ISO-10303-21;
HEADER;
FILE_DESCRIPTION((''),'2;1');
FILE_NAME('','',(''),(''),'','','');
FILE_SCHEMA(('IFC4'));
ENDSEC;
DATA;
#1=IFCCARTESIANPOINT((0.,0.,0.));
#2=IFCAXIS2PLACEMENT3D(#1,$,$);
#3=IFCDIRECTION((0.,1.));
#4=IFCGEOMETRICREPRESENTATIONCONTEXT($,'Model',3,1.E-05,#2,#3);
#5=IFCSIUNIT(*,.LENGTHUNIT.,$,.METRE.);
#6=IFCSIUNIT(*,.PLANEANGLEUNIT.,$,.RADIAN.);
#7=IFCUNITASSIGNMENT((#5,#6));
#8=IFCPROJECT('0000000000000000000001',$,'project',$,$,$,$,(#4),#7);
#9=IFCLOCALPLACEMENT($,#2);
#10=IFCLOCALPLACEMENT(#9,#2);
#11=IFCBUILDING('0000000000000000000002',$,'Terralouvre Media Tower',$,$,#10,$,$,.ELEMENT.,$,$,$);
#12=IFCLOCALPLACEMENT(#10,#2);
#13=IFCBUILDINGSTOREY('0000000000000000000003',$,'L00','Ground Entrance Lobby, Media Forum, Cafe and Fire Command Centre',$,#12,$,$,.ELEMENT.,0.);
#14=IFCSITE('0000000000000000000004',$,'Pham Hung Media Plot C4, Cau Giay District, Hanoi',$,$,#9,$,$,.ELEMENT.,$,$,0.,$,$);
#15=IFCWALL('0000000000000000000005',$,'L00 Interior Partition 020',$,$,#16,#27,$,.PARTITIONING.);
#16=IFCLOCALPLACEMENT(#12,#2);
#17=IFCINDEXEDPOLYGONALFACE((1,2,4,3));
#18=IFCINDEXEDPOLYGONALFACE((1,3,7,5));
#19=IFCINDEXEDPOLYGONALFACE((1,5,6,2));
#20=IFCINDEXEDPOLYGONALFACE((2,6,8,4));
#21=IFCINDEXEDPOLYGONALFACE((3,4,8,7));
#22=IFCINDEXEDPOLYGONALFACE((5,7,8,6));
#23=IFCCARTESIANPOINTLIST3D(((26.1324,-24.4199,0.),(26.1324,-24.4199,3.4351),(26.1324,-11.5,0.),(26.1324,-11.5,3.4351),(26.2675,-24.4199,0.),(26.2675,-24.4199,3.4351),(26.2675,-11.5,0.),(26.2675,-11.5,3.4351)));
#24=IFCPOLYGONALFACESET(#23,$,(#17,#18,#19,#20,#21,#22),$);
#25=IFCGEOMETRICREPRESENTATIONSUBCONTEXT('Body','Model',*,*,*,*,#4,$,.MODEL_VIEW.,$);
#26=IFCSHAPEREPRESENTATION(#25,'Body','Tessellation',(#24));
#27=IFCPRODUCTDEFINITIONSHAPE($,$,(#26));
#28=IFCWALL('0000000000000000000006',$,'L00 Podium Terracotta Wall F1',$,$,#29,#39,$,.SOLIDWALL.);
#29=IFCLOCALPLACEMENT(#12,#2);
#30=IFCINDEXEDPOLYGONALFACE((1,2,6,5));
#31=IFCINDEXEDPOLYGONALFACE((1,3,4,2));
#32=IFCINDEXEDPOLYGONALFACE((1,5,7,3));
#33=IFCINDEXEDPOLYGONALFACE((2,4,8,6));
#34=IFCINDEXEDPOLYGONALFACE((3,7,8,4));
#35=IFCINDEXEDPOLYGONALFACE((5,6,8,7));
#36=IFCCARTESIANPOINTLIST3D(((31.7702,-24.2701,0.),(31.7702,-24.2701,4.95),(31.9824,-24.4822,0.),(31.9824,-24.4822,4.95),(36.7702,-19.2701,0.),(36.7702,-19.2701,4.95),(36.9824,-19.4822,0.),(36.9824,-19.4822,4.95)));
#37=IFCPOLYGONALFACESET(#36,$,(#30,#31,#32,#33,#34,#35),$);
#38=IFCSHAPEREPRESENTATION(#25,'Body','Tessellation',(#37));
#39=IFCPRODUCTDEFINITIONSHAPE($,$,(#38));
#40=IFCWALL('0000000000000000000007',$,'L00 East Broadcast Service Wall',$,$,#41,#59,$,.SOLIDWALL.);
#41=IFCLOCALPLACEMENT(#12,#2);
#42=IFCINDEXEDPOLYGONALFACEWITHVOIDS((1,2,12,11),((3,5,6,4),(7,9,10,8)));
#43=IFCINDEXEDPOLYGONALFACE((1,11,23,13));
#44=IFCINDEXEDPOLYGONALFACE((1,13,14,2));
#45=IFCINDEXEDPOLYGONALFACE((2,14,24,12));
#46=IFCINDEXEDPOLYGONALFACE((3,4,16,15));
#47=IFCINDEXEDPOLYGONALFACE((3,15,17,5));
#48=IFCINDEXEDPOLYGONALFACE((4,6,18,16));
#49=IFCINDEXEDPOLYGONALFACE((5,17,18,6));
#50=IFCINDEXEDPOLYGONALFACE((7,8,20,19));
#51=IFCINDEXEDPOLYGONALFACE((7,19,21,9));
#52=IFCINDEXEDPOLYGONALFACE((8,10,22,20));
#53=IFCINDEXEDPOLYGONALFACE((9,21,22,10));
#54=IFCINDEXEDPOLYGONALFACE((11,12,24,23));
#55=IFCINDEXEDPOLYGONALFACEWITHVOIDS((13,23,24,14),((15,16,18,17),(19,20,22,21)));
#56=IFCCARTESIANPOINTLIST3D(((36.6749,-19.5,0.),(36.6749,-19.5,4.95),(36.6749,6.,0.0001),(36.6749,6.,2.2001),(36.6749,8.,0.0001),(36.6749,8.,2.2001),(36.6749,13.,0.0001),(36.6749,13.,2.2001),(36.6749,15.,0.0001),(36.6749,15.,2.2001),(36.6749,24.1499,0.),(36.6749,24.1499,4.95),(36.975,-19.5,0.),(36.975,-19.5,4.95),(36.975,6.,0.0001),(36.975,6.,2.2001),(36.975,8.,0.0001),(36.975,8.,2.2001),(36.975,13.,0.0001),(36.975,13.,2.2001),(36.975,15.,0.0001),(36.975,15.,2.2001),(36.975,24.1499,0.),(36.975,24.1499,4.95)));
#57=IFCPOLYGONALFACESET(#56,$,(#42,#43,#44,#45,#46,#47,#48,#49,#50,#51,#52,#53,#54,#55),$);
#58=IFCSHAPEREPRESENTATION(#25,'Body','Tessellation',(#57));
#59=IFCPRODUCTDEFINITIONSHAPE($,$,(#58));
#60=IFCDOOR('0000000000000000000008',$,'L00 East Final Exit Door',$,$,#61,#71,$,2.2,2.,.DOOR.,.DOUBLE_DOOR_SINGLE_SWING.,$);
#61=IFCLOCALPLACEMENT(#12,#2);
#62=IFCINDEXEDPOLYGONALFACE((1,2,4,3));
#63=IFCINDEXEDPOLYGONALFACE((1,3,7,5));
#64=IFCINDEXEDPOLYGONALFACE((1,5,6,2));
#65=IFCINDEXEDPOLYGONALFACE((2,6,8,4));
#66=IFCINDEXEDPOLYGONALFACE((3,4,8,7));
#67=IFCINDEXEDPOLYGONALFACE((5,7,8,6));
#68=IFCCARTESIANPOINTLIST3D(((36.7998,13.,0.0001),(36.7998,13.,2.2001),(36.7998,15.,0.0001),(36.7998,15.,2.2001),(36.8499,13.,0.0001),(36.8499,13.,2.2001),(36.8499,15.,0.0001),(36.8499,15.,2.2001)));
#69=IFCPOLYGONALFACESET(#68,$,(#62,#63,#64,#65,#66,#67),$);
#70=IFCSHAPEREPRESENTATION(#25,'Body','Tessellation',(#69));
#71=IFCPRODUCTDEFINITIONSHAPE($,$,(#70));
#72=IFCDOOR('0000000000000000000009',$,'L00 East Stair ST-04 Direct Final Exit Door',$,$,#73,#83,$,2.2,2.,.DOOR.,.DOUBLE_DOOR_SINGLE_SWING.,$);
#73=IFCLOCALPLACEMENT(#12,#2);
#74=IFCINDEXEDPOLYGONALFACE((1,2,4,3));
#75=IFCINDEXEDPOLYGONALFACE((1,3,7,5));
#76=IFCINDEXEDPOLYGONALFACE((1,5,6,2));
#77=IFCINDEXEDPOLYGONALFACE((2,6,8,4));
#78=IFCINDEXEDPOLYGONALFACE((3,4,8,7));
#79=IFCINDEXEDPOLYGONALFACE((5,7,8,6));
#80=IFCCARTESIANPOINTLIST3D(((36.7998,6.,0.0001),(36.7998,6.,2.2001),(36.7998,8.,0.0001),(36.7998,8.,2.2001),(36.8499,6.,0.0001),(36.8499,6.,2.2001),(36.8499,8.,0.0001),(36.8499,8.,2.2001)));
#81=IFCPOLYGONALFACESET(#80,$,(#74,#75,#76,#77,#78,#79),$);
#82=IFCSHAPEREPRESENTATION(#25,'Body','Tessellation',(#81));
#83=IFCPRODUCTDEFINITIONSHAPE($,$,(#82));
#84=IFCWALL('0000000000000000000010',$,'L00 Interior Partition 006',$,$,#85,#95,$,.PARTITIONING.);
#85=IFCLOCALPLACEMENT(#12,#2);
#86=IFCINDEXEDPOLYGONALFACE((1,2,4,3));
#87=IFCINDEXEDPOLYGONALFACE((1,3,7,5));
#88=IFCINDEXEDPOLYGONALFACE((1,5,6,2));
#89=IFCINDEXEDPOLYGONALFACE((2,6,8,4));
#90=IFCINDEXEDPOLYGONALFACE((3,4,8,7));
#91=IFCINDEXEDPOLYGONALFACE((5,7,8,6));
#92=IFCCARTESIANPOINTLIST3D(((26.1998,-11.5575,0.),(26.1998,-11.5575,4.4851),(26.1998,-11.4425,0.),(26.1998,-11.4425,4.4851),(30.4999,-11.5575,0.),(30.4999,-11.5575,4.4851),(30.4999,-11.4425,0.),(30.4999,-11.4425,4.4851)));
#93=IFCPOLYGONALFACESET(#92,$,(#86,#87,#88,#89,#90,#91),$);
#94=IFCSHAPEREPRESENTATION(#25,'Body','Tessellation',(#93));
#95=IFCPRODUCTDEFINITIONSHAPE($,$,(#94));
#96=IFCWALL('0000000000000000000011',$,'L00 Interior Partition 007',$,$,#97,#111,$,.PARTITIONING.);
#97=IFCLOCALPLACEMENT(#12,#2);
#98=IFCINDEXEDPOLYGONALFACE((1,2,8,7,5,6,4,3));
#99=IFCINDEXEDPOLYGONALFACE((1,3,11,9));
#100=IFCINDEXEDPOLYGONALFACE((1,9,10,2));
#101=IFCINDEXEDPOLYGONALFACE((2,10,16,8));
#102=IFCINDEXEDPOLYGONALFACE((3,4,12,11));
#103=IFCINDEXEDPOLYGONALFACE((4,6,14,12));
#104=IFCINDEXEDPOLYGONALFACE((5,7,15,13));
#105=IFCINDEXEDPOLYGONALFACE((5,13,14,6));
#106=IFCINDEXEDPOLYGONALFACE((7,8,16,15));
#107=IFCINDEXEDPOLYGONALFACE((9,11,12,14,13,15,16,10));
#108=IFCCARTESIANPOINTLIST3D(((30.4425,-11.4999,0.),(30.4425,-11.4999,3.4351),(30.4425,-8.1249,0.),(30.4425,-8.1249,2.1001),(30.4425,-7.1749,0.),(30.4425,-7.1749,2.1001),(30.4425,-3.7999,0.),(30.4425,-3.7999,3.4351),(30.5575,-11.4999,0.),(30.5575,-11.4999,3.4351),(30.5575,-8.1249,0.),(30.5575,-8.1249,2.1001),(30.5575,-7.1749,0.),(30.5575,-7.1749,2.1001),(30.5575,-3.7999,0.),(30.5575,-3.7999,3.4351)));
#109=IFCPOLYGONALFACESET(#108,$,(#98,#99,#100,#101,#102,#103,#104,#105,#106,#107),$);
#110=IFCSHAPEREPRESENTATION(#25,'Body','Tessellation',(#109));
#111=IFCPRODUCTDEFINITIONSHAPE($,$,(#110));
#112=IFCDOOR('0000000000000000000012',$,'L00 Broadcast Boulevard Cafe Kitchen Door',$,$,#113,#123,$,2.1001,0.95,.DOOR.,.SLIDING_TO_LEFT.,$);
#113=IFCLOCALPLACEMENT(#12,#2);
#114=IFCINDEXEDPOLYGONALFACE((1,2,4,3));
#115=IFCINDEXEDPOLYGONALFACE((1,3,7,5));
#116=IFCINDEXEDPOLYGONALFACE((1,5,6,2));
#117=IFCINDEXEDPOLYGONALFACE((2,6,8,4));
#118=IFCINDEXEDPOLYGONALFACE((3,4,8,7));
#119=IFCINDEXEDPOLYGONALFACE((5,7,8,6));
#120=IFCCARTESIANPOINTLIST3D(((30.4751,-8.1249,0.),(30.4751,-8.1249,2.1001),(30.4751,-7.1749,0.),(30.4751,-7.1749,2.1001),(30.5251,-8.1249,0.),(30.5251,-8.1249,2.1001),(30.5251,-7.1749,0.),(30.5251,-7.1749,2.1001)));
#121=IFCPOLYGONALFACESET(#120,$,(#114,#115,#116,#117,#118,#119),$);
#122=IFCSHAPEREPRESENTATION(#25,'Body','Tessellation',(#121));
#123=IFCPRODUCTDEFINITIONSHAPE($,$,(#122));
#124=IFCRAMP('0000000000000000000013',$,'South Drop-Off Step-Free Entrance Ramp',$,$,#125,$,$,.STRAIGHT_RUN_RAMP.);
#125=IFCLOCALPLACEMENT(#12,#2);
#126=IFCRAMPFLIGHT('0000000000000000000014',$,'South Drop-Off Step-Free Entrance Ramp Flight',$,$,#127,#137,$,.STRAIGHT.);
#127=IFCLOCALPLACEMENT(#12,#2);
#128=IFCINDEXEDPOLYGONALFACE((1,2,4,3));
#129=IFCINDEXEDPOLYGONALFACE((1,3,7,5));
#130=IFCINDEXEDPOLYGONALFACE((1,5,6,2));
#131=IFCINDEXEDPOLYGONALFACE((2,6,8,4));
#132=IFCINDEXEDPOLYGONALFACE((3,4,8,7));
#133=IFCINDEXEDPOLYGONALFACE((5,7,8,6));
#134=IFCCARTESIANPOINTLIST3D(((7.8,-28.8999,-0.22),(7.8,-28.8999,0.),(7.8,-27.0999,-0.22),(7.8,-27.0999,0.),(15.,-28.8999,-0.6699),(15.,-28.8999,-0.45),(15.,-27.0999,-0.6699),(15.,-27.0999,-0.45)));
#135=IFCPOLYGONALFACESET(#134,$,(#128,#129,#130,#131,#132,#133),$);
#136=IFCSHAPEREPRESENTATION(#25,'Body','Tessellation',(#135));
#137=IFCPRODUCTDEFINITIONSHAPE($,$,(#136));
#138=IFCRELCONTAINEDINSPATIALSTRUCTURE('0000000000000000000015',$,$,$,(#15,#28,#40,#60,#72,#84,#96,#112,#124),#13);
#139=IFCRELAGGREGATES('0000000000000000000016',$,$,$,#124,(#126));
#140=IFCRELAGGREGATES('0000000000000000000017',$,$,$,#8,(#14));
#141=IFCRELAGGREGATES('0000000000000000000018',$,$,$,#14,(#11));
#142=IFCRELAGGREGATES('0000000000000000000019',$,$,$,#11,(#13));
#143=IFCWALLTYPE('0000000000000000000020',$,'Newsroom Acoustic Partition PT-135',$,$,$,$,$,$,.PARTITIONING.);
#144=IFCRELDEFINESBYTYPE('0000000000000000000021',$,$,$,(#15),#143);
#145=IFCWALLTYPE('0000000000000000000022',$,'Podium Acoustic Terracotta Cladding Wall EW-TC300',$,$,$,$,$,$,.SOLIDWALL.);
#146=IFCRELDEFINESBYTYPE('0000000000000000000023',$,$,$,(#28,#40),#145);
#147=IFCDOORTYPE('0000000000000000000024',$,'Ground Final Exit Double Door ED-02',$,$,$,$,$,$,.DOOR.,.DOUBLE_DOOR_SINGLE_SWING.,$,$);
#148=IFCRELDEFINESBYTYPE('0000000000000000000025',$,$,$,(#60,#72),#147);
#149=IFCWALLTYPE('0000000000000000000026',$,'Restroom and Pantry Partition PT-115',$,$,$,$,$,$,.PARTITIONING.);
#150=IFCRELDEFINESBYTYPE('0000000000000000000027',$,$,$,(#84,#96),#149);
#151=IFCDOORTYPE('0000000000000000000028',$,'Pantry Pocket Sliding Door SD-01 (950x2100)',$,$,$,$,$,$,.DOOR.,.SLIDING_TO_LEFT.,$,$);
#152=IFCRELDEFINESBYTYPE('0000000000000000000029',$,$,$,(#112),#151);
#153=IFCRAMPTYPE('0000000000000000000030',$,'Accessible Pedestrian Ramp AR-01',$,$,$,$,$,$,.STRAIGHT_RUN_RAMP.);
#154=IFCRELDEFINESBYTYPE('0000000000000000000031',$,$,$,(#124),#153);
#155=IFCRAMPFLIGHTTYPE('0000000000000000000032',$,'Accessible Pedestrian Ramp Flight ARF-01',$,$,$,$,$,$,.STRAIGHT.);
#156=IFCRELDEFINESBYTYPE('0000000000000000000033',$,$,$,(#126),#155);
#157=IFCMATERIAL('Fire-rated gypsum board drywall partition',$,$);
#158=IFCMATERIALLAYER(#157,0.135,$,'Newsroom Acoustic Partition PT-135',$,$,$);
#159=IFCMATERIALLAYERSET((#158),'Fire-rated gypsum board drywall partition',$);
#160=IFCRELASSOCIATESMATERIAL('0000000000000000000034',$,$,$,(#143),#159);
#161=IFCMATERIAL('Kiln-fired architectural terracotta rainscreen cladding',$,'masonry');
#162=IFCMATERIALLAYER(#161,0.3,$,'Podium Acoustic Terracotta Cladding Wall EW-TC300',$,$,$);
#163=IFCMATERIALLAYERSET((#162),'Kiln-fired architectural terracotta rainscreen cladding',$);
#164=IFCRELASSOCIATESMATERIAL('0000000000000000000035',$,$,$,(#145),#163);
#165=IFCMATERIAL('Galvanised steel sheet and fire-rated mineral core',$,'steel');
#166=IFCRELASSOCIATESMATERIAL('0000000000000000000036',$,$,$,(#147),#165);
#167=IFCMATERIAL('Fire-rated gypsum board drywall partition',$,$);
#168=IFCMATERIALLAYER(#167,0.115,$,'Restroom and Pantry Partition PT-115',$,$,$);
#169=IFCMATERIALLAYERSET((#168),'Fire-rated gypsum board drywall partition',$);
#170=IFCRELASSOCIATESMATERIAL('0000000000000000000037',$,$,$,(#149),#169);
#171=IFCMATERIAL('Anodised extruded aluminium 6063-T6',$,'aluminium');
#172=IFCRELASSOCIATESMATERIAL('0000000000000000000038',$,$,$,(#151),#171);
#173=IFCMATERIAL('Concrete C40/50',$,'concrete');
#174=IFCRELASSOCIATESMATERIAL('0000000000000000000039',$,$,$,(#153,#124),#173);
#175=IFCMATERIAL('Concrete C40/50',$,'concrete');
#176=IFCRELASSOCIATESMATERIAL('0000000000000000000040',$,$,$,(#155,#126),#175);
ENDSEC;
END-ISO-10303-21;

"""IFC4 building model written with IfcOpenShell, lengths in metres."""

from ifc_helpers import new_model, si_unit, direction, frame, frame_2d, origin, place, context, subcontext, project, spatial, polyline, rectangle, outline, extrude, material, layer, layer_set, type_object, element, fill, aggregate, save


model = new_model("IFC4")

# Units and contexts
model_context = context("Model", 3, precision=1e-05, world=origin(), true_north=direction((0.0, 1.0)))
body_context = subcontext(model_context, "Body", "Model", "MODEL_VIEW")
ifc_project = project(units=[si_unit("LENGTHUNIT", "METRE"), si_unit("PLANEANGLEUNIT", "RADIAN")], contexts=[model_context])

# Site, building, storey
site_placement = place(None, origin())
site = spatial("IfcSite", under=ifc_project, at=site_placement, Name="Pham Hung Media Plot C4, Cau Giay District, Hanoi", CompositionType="ELEMENT", RefElevation=0.0)
building_placement = place(site_placement, origin())
building = spatial("IfcBuilding", under=site, at=building_placement, Name="Terralouvre Media Tower", CompositionType="ELEMENT")
storey_placement = place(building_placement, origin())
storey = spatial("IfcBuildingStorey", under=building, at=storey_placement, Name="L00", Description="Ground Entrance Lobby, Media Forum, Cafe and Fire Command Centre", CompositionType="ELEMENT", Elevation=0.0)

# Shared definitions
ifc_material_1 = material(Name="Fire-rated gypsum board drywall partition")
ifc_layer_1 = layer(ifc_material_1, 0.135, Name="Newsroom Acoustic Partition PT-135")
ifc_layer_set_1 = layer_set([ifc_layer_1], Name="Fire-rated gypsum board drywall partition")
wall_type_1 = type_object("IfcWallType", Name="Newsroom Acoustic Partition PT-135", PredefinedType="PARTITIONING", material=ifc_layer_set_1)

# Walls
wall_1_placement = place(storey_placement, frame((26.2, -24.4199, 0.0), z_axis=(0.0, 0.0, 1.0), x_axis=(0.0, 1.0, 0.0)))
element("IfcWall", 1, at=wall_1_placement, inside=storey, type_object=wall_type_1, Name="L00 Interior Partition 020", PredefinedType="PARTITIONING", context=body_context, shape_type="SweptSolid", body=[
    extrude(rectangle(XDim=12.9199, YDim=0.135, at=frame_2d((6.46, 0.0))), origin(), (0.0, 0.0, 1.0), 3.4351),
])
ifc_material_2 = material(Name="Kiln-fired architectural terracotta rainscreen cladding", Category="masonry")
ifc_layer_2 = layer(ifc_material_2, 0.3, Name="Podium Acoustic Terracotta Cladding Wall EW-TC300")
ifc_layer_set_2 = layer_set([ifc_layer_2], Name="Kiln-fired architectural terracotta rainscreen cladding")
wall_type_2 = type_object("IfcWallType", Name="Podium Acoustic Terracotta Cladding Wall EW-TC300", PredefinedType="SOLIDWALL", material=ifc_layer_set_2)
wall_2_placement = place(storey_placement, frame((31.8762, -24.3762, 0.0), z_axis=(0.0, 0.0, 1.0), x_axis=(0.707107, 0.707107, 0.0)))
element("IfcWall", 2, at=wall_2_placement, inside=storey, type_object=wall_type_2, Name="L00 Podium Terracotta Wall F1", PredefinedType="SOLIDWALL", context=body_context, shape_type="SweptSolid", body=[
    extrude(rectangle(XDim=7.071, YDim=0.3, at=frame_2d((3.5356, 0.0))), origin(), (0.0, 0.0, 1.0), 4.95),
])

# Wall, openings, doors
wall_3_placement = place(storey_placement, frame((36.825, -19.5, 0.0), z_axis=(0.0, 0.0, 1.0), x_axis=(0.0, 1.0, 0.0)))
wall_3 = element("IfcWall", 3, at=wall_3_placement, inside=storey, type_object=wall_type_2, Name="L00 East Broadcast Service Wall", PredefinedType="SOLIDWALL", context=body_context, shape_type="SweptSolid", body=[
    extrude(rectangle(XDim=43.6499, YDim=0.3, at=frame_2d((21.825, 0.0))), origin(), (0.0, 0.0, 1.0), 4.95),
])
opening_1_placement = place(wall_3_placement, frame((32.5, 0.0, 0.0)))
opening_1 = element("IfcOpeningElement", 4, at=opening_1_placement, cuts=wall_3, PredefinedType="OPENING", context=body_context, shape_type="SweptSolid", body=[
    extrude(rectangle(XDim=2.0, YDim=2.2, at=frame_2d((1.0, 1.1001))), frame((0.0, 0.1599, 0.0), z_axis=(0.0, -1.0, 0.0), x_axis=(1.0, 0.0, 0.0)), (0.0, 0.0, 1.0), 0.3201),
])
opening_2_placement = place(wall_3_placement, frame((25.5, 0.0, 0.0)))
opening_2 = element("IfcOpeningElement", 5, at=opening_2_placement, cuts=wall_3, PredefinedType="OPENING", context=body_context, shape_type="SweptSolid", body=[
    extrude(rectangle(XDim=2.0, YDim=2.2, at=frame_2d((1.0, 1.1001))), frame((0.0, 0.1599, 0.0), z_axis=(0.0, -1.0, 0.0), x_axis=(1.0, 0.0, 0.0)), (0.0, 0.0, 1.0), 0.3201),
])
ifc_material_3 = material(Name="Galvanised steel sheet and fire-rated mineral core", Category="steel")
door_type_1 = type_object("IfcDoorType", Name="Ground Final Exit Double Door ED-02", OperationType="DOUBLE_DOOR_SINGLE_SWING", PredefinedType="DOOR", material=ifc_material_3)
door_1_placement = place(opening_1_placement, frame((2.0, 0.0, 0.0), z_axis=(0.0, 0.0, 1.0), x_axis=(-1.0, 0.0, 0.0)))
door_1 = element("IfcDoor", 6, at=door_1_placement, inside=storey, type_object=door_type_1, Name="L00 East Final Exit Door", OperationType="DOUBLE_DOOR_SINGLE_SWING", OverallHeight=2.2, OverallWidth=2.0, PredefinedType="DOOR", context=body_context, shape_type="SweptSolid", body=[
    extrude(rectangle(XDim=2.0, YDim=2.2, at=frame_2d((1.0, 1.1001))), frame((0.0, 0.0249, 0.0), z_axis=(0.0, -1.0, 0.0), x_axis=(1.0, 0.0, 0.0)), (0.0, 0.0, 1.0), 0.05),
])
fill(opening_1, door_1)
door_2_placement = place(opening_2_placement, frame((2.0, 0.0, 0.0), z_axis=(0.0, 0.0, 1.0), x_axis=(-1.0, 0.0, 0.0)))
door_2 = element("IfcDoor", 7, at=door_2_placement, inside=storey, type_object=door_type_1, Name="L00 East Stair ST-04 Direct Final Exit Door", OperationType="DOUBLE_DOOR_SINGLE_SWING", OverallHeight=2.2, OverallWidth=2.0, PredefinedType="DOOR", context=body_context, shape_type="SweptSolid", body=[
    extrude(rectangle(XDim=2.0, YDim=2.2, at=frame_2d((1.0, 1.1001))), frame((0.0, 0.0249, 0.0), z_axis=(0.0, -1.0, 0.0), x_axis=(1.0, 0.0, 0.0)), (0.0, 0.0, 1.0), 0.05),
])
fill(opening_2, door_2)

# Wall
ifc_material_4 = material(Name="Fire-rated gypsum board drywall partition")
ifc_layer_3 = layer(ifc_material_4, 0.115, Name="Restroom and Pantry Partition PT-115")
ifc_layer_set_3 = layer_set([ifc_layer_3], Name="Fire-rated gypsum board drywall partition")
wall_type_3 = type_object("IfcWallType", Name="Restroom and Pantry Partition PT-115", PredefinedType="PARTITIONING", material=ifc_layer_set_3)
wall_4_placement = place(storey_placement, frame((26.2, -11.5, 0.0), z_axis=(0.0, 0.0, 1.0), x_axis=(1.0, 0.0, 0.0)))
element("IfcWall", 8, at=wall_4_placement, inside=storey, type_object=wall_type_3, Name="L00 Interior Partition 006", PredefinedType="PARTITIONING", context=body_context, shape_type="SweptSolid", body=[
    extrude(rectangle(XDim=4.3, YDim=0.115, at=frame_2d((2.1499, 0.0))), origin(), (0.0, 0.0, 1.0), 4.4851),
])

# Wall, opening, door
wall_5_placement = place(storey_placement, frame((30.5, -11.5, 0.0), z_axis=(0.0, 0.0, 1.0), x_axis=(0.0, 1.0, 0.0)))
wall_5 = element("IfcWall", 9, at=wall_5_placement, inside=storey, type_object=wall_type_3, Name="L00 Interior Partition 007", PredefinedType="PARTITIONING", context=body_context, shape_type="SweptSolid", body=[
    extrude(rectangle(XDim=7.7, YDim=0.115, at=frame_2d((3.8501, 0.0))), origin(), (0.0, 0.0, 1.0), 3.4351),
])
opening_3_placement = place(wall_5_placement, frame((3.375, 0.0, 0.0)))
opening_3 = element("IfcOpeningElement", 10, at=opening_3_placement, cuts=wall_5, PredefinedType="OPENING", context=body_context, shape_type="SweptSolid", body=[
    extrude(rectangle(XDim=0.95, YDim=2.1001, at=frame_2d((0.4751, 1.05))), frame((0.0, 0.0674, 0.0), z_axis=(0.0, -1.0, 0.0), x_axis=(1.0, 0.0, 0.0)), (0.0, 0.0, 1.0), 0.135),
])
ifc_material_5 = material(Name="Anodised extruded aluminium 6063-T6", Category="aluminium")
door_type_2 = type_object("IfcDoorType", Name="Pantry Pocket Sliding Door SD-01 (950x2100)", OperationType="SLIDING_TO_LEFT", PredefinedType="DOOR", material=ifc_material_5)
door_3_placement = place(opening_3_placement, origin())
door_3 = element("IfcDoor", 11, at=door_3_placement, inside=storey, type_object=door_type_2, Name="L00 Broadcast Boulevard Cafe Kitchen Door", OperationType="SLIDING_TO_LEFT", OverallHeight=2.1001, OverallWidth=0.95, PredefinedType="DOOR", context=body_context, shape_type="SweptSolid", body=[
    extrude(rectangle(XDim=0.95, YDim=2.1001, at=frame_2d((0.4751, 1.05))), frame((0.0, 0.0249, 0.0), z_axis=(0.0, -1.0, 0.0), x_axis=(1.0, 0.0, 0.0)), (0.0, 0.0, 1.0), 0.05),
])
fill(opening_3, door_3)

# Ramp, ramp flight
ifc_material_6 = material(Name="Concrete C40/50", Category="concrete")
ramp_type = type_object("IfcRampType", Name="Accessible Pedestrian Ramp AR-01", PredefinedType="STRAIGHT_RUN_RAMP", material=ifc_material_6)
ramp_placement = place(storey_placement, origin())
ramp = element("IfcRamp", 12, at=ramp_placement, inside=storey, type_object=ramp_type, material=ifc_material_6, Name="South Drop-Off Step-Free Entrance Ramp", PredefinedType="STRAIGHT_RUN_RAMP")
ifc_material_7 = material(Name="Concrete C40/50", Category="concrete")
ramp_flight_type = type_object("IfcRampFlightType", Name="Accessible Pedestrian Ramp Flight ARF-01", PredefinedType="STRAIGHT", material=ifc_material_7)
ramp_flight_placement = place(storey_placement, frame((15.0, -28.0, -0.45), z_axis=(0.0, 0.0, 1.0), x_axis=(-1.0, 0.0, 0.0)))
ramp_flight = element("IfcRampFlight", 13, at=ramp_flight_placement, type_object=ramp_flight_type, material=ifc_material_7, Name="South Drop-Off Step-Free Entrance Ramp Flight", PredefinedType="STRAIGHT", context=body_context, shape_type="SweptSolid", body=[
    extrude(outline(polyline([(0.0, 0.0), (7.2, 0.45), (7.2, 0.23), (0.0, -0.22), (0.0, 0.0)])), frame((0.0, 0.8999, 0.0), z_axis=(0.0, -1.0, 0.0), x_axis=(1.0, 0.0, 0.0)), (0.0, 0.0, 1.0), 1.8),
])
aggregate(ramp, [ramp_flight])

save(model, "model.ifc")
